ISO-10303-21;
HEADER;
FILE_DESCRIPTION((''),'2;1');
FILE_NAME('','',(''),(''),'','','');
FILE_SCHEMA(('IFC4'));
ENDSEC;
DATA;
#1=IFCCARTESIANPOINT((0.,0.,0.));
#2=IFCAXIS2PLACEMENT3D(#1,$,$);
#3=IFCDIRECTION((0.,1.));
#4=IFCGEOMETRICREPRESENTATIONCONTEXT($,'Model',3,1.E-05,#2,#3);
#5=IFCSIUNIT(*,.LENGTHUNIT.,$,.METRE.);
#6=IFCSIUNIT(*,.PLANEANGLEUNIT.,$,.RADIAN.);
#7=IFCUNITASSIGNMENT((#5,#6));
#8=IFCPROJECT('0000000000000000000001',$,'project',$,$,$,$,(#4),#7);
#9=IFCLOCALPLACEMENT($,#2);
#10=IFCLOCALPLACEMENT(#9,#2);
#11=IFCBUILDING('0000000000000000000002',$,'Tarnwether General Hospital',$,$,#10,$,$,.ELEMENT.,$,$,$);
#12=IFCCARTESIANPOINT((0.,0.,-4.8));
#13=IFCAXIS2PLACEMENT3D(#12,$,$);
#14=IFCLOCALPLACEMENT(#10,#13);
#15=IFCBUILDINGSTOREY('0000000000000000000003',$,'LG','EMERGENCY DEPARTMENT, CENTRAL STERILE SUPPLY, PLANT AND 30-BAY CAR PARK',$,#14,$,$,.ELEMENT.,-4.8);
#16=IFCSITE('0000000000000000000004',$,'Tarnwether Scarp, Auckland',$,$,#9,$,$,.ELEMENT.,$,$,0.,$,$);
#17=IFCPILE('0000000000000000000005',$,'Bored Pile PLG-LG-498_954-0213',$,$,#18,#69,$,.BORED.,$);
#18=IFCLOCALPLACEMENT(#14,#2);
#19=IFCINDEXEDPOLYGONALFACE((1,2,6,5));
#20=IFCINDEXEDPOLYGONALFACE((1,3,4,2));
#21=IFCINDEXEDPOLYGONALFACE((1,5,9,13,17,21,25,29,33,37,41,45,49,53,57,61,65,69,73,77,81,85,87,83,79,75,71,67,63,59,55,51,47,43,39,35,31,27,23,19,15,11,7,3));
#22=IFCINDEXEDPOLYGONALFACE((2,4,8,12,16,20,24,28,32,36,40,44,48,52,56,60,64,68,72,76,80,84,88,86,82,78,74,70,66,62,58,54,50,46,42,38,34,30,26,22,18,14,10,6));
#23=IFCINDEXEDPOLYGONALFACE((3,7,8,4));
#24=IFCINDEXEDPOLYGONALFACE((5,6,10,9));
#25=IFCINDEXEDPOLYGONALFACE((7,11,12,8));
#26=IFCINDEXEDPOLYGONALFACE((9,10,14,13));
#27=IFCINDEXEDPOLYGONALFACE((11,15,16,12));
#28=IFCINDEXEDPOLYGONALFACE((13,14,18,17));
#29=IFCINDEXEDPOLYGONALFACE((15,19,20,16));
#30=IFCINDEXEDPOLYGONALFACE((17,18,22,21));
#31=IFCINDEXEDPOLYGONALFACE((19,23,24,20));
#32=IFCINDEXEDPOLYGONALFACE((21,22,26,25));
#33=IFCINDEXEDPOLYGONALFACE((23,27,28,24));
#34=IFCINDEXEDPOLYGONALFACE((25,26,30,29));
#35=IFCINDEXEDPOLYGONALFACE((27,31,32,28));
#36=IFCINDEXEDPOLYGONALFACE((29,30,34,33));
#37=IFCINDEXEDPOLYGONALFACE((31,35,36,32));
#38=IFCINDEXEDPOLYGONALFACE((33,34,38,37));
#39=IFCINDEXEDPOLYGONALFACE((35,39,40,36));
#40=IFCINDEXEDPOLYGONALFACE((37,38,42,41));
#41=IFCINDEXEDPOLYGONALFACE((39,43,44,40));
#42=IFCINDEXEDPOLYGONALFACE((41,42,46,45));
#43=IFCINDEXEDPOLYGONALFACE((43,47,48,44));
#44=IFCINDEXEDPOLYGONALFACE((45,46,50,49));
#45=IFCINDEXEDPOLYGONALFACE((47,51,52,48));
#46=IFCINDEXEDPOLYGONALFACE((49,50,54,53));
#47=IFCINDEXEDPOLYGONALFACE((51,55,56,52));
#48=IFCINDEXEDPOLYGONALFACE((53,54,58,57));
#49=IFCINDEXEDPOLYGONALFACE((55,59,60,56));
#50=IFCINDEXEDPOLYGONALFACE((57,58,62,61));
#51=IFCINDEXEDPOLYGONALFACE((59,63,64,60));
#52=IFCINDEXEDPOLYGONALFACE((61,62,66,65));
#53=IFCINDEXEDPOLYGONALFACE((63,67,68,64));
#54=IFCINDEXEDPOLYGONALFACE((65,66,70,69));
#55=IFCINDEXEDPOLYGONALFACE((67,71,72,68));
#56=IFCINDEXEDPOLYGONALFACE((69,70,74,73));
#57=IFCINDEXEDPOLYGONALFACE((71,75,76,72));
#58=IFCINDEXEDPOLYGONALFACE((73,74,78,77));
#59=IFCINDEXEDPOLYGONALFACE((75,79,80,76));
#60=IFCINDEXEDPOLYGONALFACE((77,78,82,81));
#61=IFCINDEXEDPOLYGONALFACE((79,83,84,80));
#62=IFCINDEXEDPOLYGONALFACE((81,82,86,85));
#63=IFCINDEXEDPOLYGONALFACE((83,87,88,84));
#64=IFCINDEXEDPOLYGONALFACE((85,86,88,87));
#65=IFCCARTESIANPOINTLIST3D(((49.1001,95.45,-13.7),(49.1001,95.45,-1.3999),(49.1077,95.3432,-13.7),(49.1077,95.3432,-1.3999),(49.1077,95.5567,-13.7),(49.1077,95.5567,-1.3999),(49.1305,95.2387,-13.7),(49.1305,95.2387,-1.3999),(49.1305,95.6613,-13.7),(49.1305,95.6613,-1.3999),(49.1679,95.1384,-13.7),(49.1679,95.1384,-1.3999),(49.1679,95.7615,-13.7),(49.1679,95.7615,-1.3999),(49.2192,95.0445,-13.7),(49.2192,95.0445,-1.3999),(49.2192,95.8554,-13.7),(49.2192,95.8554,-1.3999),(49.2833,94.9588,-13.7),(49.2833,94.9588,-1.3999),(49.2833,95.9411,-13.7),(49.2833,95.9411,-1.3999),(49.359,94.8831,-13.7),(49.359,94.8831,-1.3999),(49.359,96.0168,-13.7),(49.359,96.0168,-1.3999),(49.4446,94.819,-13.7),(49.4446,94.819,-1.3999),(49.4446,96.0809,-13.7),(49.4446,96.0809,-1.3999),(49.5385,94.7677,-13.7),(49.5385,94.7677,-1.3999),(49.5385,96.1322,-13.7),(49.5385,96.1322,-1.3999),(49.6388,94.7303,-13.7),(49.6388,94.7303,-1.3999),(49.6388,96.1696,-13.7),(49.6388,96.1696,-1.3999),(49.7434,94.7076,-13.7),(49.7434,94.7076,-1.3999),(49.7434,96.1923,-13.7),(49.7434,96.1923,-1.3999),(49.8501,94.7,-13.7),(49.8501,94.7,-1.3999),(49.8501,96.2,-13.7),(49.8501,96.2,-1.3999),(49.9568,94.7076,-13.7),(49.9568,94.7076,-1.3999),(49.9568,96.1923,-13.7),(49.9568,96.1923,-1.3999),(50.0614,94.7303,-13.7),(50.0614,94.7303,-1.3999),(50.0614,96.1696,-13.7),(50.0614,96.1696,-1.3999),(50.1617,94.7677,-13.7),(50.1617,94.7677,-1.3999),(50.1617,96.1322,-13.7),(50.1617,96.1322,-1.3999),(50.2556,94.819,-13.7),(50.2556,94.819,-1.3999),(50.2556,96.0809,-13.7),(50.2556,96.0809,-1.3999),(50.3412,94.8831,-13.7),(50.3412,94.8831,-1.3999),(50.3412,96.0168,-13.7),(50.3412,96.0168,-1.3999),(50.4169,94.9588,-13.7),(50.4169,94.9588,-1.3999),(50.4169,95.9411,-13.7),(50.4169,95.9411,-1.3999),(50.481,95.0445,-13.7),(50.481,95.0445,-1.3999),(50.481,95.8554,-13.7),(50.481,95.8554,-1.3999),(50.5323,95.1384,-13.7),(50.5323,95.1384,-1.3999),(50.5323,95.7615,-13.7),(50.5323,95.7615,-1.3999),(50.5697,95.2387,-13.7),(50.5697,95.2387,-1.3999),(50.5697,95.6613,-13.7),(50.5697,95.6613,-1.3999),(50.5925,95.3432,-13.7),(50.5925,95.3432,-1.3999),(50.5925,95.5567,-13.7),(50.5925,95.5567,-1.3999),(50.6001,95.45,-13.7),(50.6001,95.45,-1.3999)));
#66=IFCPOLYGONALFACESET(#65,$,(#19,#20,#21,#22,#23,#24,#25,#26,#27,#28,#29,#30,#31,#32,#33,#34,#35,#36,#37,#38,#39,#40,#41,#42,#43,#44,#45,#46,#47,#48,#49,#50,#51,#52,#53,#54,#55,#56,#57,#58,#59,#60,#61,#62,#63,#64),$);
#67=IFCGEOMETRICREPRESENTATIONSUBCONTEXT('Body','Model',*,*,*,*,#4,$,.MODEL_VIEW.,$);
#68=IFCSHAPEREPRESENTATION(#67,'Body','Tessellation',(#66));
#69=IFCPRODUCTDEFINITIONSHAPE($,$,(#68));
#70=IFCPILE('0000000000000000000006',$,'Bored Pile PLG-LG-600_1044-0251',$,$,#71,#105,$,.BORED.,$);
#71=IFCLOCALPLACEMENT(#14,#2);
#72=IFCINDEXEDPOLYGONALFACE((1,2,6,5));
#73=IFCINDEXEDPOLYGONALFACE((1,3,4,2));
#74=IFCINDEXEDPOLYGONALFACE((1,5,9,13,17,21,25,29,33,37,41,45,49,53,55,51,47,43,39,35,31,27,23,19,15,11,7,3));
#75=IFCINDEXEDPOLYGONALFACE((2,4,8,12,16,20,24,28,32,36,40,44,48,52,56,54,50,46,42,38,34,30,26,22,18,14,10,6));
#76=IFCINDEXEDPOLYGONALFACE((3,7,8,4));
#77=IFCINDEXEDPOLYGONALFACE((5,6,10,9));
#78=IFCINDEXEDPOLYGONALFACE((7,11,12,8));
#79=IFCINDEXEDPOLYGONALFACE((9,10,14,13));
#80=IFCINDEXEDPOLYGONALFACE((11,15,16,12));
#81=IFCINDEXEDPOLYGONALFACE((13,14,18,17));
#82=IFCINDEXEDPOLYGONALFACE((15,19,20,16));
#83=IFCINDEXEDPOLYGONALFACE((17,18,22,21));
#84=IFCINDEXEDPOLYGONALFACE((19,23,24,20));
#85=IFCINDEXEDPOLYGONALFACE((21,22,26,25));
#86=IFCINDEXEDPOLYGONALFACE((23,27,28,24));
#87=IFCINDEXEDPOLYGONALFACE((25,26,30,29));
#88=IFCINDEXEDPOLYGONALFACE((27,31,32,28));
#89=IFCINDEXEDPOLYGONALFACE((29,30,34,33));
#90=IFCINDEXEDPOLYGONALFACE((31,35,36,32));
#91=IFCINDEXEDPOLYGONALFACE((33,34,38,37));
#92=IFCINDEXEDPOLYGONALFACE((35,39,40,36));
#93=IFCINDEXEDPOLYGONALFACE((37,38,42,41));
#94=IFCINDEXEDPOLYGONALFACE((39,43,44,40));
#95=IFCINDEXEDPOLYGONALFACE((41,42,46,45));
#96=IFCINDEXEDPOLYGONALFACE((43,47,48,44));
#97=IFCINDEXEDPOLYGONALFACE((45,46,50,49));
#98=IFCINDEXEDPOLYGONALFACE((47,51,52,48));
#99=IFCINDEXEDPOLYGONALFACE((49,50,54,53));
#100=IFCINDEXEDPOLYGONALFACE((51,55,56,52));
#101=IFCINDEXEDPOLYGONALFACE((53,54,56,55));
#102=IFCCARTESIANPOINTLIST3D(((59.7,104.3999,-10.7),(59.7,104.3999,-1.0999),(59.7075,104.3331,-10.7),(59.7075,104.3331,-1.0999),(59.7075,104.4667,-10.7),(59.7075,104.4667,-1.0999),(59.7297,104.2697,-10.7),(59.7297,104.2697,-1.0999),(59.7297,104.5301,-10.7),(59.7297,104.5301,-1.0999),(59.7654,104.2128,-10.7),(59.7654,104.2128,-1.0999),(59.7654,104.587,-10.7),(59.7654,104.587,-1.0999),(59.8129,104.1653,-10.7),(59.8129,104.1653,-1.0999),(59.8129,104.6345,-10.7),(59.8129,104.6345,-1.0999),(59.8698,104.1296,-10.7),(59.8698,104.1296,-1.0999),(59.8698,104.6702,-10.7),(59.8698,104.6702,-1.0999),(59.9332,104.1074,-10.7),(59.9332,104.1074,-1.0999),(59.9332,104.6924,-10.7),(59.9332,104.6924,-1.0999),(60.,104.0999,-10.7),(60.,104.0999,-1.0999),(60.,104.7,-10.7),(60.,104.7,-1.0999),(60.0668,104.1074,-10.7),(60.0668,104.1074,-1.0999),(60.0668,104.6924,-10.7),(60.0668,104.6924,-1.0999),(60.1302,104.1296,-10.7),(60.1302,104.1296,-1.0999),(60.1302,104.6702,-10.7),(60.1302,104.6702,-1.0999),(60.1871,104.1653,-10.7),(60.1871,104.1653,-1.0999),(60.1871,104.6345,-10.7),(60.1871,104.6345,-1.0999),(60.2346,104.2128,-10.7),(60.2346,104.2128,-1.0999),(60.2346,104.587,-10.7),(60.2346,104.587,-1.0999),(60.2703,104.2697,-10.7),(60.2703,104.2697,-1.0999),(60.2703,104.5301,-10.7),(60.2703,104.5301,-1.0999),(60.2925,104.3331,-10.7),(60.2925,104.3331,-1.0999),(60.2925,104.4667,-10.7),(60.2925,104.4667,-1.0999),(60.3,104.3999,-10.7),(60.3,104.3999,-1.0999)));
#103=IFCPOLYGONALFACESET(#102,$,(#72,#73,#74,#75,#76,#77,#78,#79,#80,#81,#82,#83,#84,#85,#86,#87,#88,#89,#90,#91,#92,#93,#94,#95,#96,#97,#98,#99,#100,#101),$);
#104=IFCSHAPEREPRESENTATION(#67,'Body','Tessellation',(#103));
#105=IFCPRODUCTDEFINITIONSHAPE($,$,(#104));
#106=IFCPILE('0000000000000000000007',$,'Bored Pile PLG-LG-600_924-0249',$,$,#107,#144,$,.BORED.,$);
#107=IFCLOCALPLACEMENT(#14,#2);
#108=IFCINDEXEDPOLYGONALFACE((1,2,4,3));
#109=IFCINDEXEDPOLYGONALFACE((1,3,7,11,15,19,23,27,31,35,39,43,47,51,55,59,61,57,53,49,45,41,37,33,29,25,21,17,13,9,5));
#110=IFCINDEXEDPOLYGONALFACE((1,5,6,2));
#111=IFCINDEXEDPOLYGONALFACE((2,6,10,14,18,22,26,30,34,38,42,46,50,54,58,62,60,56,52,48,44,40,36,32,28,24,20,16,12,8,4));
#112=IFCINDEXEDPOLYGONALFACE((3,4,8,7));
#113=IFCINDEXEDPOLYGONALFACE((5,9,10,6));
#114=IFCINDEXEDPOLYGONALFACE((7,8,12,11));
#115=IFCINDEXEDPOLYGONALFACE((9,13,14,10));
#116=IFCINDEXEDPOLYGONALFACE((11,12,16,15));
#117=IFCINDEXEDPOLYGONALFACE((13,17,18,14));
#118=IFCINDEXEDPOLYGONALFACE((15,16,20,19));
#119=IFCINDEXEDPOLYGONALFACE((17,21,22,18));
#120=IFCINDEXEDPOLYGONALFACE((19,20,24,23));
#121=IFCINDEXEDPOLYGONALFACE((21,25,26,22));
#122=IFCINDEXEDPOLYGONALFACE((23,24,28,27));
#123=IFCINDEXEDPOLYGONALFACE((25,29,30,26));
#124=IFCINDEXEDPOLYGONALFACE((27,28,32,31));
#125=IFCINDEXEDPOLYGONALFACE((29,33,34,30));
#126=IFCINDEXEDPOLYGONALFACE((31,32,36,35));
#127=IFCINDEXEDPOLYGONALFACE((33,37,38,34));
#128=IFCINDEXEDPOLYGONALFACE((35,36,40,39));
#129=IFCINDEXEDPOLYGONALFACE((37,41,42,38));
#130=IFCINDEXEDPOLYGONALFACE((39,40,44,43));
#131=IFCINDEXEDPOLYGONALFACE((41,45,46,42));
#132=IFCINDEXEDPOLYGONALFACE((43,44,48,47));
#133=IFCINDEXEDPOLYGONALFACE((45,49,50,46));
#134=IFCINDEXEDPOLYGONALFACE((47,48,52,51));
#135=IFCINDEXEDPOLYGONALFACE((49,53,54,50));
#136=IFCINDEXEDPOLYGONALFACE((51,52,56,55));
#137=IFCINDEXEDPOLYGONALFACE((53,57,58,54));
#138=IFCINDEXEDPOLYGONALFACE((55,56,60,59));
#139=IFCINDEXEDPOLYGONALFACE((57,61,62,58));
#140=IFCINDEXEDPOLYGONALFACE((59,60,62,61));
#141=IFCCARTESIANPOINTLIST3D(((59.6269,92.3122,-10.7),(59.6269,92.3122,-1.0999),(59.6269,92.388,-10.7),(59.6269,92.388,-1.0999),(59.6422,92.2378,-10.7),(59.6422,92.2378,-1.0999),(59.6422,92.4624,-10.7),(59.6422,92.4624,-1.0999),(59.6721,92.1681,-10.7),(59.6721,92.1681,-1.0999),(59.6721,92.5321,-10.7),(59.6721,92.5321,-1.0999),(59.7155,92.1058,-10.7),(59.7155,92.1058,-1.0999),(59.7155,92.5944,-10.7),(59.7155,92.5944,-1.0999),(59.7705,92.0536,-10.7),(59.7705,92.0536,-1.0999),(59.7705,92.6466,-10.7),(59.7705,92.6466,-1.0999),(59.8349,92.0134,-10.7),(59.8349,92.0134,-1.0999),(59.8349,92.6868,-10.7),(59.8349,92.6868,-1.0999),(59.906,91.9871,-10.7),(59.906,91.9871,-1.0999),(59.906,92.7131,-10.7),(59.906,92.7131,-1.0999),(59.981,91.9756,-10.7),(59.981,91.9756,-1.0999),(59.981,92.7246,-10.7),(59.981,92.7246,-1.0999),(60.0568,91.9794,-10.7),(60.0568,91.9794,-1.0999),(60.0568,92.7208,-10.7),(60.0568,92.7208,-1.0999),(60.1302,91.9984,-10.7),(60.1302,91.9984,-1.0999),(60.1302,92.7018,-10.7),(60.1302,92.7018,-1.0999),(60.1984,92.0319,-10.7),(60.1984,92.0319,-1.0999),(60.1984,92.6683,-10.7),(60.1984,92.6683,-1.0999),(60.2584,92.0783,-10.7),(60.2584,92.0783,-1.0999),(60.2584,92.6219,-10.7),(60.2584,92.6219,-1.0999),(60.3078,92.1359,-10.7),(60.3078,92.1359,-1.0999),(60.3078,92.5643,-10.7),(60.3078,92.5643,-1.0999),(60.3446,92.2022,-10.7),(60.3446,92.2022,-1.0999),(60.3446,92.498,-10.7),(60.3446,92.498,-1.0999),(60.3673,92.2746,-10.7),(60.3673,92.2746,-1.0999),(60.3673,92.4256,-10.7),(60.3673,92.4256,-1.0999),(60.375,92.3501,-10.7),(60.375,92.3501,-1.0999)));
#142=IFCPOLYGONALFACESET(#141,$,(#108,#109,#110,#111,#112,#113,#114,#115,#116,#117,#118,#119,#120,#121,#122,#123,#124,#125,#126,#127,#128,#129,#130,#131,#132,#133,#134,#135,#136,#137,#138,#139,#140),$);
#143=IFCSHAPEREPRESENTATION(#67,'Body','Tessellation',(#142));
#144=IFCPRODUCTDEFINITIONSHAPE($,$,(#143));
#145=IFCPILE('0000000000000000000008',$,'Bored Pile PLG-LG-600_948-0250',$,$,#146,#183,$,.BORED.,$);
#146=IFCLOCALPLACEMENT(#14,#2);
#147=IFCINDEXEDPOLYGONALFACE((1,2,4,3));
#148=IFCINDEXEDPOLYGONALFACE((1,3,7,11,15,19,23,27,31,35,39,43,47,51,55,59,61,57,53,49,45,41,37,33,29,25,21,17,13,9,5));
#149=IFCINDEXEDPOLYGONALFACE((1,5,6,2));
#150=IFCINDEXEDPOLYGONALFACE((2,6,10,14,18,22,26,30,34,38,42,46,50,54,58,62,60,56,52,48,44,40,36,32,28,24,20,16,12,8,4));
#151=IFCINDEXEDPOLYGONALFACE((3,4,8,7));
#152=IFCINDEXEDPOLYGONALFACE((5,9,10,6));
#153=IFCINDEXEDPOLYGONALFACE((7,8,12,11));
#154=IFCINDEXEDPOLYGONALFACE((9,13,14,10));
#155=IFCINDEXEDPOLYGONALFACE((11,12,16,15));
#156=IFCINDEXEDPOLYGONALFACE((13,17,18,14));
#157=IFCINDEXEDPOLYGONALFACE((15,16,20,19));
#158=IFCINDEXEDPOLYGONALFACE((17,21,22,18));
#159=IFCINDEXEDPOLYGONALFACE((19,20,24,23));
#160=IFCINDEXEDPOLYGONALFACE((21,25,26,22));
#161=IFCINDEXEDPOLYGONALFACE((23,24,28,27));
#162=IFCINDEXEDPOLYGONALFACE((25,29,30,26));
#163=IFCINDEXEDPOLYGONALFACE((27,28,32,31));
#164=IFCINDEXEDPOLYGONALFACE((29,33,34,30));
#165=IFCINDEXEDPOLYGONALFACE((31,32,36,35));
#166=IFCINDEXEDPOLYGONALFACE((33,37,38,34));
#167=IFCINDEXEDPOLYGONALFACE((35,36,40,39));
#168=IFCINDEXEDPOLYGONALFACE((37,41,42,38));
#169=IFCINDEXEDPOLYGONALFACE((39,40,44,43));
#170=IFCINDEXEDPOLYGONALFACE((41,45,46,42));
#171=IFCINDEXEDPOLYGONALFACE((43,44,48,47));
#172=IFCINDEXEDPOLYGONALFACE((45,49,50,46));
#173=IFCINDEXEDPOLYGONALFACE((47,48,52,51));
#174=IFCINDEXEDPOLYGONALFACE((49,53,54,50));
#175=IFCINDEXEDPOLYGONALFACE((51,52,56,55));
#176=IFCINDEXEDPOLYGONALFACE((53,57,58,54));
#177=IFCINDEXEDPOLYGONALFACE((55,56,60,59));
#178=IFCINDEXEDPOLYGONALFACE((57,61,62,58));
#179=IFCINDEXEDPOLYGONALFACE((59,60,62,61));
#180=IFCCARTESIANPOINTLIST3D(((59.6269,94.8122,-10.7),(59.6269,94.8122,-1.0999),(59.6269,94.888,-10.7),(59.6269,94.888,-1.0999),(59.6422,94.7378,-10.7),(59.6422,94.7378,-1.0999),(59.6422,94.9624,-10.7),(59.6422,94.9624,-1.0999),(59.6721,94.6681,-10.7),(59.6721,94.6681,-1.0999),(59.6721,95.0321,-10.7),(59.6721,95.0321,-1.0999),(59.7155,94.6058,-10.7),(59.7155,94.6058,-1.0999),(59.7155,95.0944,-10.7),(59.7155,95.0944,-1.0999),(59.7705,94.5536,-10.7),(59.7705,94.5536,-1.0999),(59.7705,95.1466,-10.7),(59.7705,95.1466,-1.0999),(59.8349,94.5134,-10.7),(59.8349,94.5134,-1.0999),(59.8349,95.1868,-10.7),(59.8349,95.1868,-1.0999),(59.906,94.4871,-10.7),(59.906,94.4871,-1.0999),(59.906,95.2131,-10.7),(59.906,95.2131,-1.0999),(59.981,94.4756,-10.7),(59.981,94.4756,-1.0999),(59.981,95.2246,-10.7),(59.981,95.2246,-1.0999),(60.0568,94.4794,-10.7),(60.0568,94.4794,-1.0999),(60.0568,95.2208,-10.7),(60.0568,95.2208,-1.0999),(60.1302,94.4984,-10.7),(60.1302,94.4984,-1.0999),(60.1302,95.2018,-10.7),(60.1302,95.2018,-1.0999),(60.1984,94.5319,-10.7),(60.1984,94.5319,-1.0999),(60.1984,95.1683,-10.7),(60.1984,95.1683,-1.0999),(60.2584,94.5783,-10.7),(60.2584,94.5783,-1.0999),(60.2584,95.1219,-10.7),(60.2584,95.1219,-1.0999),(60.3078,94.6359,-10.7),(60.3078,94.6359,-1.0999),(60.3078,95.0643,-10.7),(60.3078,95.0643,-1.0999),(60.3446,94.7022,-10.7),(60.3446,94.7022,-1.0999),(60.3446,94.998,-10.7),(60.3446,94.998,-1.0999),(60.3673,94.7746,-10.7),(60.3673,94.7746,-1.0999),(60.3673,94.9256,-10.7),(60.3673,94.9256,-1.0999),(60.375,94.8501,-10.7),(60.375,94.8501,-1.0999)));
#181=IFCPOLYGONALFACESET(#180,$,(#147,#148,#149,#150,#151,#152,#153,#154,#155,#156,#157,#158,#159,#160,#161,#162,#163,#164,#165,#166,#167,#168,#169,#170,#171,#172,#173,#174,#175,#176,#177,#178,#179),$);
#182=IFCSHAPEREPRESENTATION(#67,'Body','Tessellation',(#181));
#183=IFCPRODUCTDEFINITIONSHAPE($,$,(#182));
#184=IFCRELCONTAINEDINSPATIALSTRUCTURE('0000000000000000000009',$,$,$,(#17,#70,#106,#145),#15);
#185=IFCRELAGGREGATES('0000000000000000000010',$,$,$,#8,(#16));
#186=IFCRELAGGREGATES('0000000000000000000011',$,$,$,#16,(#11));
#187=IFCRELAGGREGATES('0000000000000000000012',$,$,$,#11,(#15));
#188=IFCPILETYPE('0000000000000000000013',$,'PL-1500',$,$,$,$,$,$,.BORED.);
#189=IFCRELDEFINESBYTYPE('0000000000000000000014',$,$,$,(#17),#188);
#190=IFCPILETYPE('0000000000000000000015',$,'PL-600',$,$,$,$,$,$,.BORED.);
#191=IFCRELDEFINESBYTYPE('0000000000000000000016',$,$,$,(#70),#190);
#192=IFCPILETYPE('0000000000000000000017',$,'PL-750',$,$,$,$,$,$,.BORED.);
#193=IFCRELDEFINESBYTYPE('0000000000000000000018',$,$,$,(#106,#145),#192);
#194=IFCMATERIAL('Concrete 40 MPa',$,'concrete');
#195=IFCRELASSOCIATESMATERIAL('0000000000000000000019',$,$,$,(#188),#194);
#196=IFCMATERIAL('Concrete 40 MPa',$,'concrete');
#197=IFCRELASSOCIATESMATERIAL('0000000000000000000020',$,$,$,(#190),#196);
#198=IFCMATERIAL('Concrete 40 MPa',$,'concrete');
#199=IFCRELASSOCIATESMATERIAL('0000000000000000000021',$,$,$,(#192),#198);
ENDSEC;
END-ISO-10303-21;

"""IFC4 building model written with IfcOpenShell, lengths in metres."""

from ifc_helpers import new_model, si_unit, direction, frame, origin, origin_2d, place, context, subcontext, project, spatial, circle, extrude, material, material_profile, profile_set, type_object, element, save


model = new_model("IFC4")

# Units and contexts
model_context = context("Model", 3, precision=1e-05, world=origin(), true_north=direction((0.0, 1.0)))
body_context = subcontext(model_context, "Body", "Model", "MODEL_VIEW")
ifc_project = project(units=[si_unit("LENGTHUNIT", "METRE"), si_unit("PLANEANGLEUNIT", "RADIAN")], contexts=[model_context])

# Site, building, storey
site_placement = place(None, origin())
site = spatial("IfcSite", under=ifc_project, at=site_placement, Name="Tarnwether Scarp, Auckland", CompositionType="ELEMENT", RefElevation=0.0)
building_placement = place(site_placement, origin())
building = spatial("IfcBuilding", under=site, at=building_placement, Name="Tarnwether General Hospital", CompositionType="ELEMENT")
storey_placement = place(building_placement, frame((0.0, 0.0, -4.8)))
storey = spatial("IfcBuildingStorey", under=building, at=storey_placement, Name="LG", Description="EMERGENCY DEPARTMENT, CENTRAL STERILE SUPPLY, PLANT AND 30-BAY CAR PARK", CompositionType="ELEMENT", Elevation=-4.8)

# Piles
ifc_material_1 = material(Name="Concrete 40 MPa", Category="concrete")
ifc_material_profile_1 = material_profile(ifc_material_1, circle(Radius=0.75, at=origin_2d()), Name="PILE-D1500")
ifc_profile_set_1 = profile_set([ifc_material_profile_1], Name="Concrete 40 MPa")
pile_type_1 = type_object("IfcPileType", Name="PL-1500", PredefinedType="BORED", material=ifc_profile_set_1)
for number, where, z_axis, x_axis, name in (
    (1, (49.8501, 95.45, -1.3999), (0.0, 0.0, -1.0), (1.0, 0.0, 0.0), "Bored Pile PLG-LG-498_954-0213"),
):
    element("IfcPile", number, at=place(storey_placement, frame(where, z_axis=z_axis, x_axis=x_axis)), inside=storey, type_object=pile_type_1, Name=name, PredefinedType="BORED", context=body_context, shape_type="SweptSolid", body=[
        extrude(circle(Radius=0.75, at=origin_2d()), origin(), (0.0, 0.0, 1.0), 12.3),
    ])
ifc_material_2 = material(Name="Concrete 40 MPa", Category="concrete")
ifc_material_profile_2 = material_profile(ifc_material_2, circle(Radius=0.3, at=origin_2d()), Name="PILE-D600")
ifc_profile_set_2 = profile_set([ifc_material_profile_2], Name="Concrete 40 MPa")
pile_type_2 = type_object("IfcPileType", Name="PL-600", PredefinedType="BORED", material=ifc_profile_set_2)
pile_1_placement = place(storey_placement, frame((60.0, 104.3999, -1.0999), z_axis=(0.0, 0.0, -1.0), x_axis=(1.0, 0.0, 0.0)))
element("IfcPile", 2, at=pile_1_placement, inside=storey, type_object=pile_type_2, Name="Bored Pile PLG-LG-600_1044-0251", PredefinedType="BORED", context=body_context, shape_type="SweptSolid", body=[
    extrude(circle(Radius=0.3, at=origin_2d()), origin(), (0.0, 0.0, 1.0), 9.6001),
])
ifc_material_3 = material(Name="Concrete 40 MPa", Category="concrete")
ifc_material_profile_3 = material_profile(ifc_material_3, circle(Radius=0.375, at=origin_2d()), Name="PILE-D750")
ifc_profile_set_3 = profile_set([ifc_material_profile_3], Name="Concrete 40 MPa")
pile_type_3 = type_object("IfcPileType", Name="PL-750", PredefinedType="BORED", material=ifc_profile_set_3)
for number, where, z_axis, x_axis, name in (
    (3, (60.0, 92.3501, -1.0999), (0.0, 0.0, -1.0), (1.0, 0.0, 0.0), "Bored Pile PLG-LG-600_924-0249"),
    (4, (60.0, 94.8501, -1.0999), (0.0, 0.0, -1.0), (1.0, 0.0, 0.0), "Bored Pile PLG-LG-600_948-0250"),
):
    element("IfcPile", number, at=place(storey_placement, frame(where, z_axis=z_axis, x_axis=x_axis)), inside=storey, type_object=pile_type_3, Name=name, PredefinedType="BORED", context=body_context, shape_type="SweptSolid", body=[
        extrude(circle(Radius=0.375, at=origin_2d()), origin(), (0.0, 0.0, 1.0), 9.6001),
    ])

save(model, "model.ifc")
